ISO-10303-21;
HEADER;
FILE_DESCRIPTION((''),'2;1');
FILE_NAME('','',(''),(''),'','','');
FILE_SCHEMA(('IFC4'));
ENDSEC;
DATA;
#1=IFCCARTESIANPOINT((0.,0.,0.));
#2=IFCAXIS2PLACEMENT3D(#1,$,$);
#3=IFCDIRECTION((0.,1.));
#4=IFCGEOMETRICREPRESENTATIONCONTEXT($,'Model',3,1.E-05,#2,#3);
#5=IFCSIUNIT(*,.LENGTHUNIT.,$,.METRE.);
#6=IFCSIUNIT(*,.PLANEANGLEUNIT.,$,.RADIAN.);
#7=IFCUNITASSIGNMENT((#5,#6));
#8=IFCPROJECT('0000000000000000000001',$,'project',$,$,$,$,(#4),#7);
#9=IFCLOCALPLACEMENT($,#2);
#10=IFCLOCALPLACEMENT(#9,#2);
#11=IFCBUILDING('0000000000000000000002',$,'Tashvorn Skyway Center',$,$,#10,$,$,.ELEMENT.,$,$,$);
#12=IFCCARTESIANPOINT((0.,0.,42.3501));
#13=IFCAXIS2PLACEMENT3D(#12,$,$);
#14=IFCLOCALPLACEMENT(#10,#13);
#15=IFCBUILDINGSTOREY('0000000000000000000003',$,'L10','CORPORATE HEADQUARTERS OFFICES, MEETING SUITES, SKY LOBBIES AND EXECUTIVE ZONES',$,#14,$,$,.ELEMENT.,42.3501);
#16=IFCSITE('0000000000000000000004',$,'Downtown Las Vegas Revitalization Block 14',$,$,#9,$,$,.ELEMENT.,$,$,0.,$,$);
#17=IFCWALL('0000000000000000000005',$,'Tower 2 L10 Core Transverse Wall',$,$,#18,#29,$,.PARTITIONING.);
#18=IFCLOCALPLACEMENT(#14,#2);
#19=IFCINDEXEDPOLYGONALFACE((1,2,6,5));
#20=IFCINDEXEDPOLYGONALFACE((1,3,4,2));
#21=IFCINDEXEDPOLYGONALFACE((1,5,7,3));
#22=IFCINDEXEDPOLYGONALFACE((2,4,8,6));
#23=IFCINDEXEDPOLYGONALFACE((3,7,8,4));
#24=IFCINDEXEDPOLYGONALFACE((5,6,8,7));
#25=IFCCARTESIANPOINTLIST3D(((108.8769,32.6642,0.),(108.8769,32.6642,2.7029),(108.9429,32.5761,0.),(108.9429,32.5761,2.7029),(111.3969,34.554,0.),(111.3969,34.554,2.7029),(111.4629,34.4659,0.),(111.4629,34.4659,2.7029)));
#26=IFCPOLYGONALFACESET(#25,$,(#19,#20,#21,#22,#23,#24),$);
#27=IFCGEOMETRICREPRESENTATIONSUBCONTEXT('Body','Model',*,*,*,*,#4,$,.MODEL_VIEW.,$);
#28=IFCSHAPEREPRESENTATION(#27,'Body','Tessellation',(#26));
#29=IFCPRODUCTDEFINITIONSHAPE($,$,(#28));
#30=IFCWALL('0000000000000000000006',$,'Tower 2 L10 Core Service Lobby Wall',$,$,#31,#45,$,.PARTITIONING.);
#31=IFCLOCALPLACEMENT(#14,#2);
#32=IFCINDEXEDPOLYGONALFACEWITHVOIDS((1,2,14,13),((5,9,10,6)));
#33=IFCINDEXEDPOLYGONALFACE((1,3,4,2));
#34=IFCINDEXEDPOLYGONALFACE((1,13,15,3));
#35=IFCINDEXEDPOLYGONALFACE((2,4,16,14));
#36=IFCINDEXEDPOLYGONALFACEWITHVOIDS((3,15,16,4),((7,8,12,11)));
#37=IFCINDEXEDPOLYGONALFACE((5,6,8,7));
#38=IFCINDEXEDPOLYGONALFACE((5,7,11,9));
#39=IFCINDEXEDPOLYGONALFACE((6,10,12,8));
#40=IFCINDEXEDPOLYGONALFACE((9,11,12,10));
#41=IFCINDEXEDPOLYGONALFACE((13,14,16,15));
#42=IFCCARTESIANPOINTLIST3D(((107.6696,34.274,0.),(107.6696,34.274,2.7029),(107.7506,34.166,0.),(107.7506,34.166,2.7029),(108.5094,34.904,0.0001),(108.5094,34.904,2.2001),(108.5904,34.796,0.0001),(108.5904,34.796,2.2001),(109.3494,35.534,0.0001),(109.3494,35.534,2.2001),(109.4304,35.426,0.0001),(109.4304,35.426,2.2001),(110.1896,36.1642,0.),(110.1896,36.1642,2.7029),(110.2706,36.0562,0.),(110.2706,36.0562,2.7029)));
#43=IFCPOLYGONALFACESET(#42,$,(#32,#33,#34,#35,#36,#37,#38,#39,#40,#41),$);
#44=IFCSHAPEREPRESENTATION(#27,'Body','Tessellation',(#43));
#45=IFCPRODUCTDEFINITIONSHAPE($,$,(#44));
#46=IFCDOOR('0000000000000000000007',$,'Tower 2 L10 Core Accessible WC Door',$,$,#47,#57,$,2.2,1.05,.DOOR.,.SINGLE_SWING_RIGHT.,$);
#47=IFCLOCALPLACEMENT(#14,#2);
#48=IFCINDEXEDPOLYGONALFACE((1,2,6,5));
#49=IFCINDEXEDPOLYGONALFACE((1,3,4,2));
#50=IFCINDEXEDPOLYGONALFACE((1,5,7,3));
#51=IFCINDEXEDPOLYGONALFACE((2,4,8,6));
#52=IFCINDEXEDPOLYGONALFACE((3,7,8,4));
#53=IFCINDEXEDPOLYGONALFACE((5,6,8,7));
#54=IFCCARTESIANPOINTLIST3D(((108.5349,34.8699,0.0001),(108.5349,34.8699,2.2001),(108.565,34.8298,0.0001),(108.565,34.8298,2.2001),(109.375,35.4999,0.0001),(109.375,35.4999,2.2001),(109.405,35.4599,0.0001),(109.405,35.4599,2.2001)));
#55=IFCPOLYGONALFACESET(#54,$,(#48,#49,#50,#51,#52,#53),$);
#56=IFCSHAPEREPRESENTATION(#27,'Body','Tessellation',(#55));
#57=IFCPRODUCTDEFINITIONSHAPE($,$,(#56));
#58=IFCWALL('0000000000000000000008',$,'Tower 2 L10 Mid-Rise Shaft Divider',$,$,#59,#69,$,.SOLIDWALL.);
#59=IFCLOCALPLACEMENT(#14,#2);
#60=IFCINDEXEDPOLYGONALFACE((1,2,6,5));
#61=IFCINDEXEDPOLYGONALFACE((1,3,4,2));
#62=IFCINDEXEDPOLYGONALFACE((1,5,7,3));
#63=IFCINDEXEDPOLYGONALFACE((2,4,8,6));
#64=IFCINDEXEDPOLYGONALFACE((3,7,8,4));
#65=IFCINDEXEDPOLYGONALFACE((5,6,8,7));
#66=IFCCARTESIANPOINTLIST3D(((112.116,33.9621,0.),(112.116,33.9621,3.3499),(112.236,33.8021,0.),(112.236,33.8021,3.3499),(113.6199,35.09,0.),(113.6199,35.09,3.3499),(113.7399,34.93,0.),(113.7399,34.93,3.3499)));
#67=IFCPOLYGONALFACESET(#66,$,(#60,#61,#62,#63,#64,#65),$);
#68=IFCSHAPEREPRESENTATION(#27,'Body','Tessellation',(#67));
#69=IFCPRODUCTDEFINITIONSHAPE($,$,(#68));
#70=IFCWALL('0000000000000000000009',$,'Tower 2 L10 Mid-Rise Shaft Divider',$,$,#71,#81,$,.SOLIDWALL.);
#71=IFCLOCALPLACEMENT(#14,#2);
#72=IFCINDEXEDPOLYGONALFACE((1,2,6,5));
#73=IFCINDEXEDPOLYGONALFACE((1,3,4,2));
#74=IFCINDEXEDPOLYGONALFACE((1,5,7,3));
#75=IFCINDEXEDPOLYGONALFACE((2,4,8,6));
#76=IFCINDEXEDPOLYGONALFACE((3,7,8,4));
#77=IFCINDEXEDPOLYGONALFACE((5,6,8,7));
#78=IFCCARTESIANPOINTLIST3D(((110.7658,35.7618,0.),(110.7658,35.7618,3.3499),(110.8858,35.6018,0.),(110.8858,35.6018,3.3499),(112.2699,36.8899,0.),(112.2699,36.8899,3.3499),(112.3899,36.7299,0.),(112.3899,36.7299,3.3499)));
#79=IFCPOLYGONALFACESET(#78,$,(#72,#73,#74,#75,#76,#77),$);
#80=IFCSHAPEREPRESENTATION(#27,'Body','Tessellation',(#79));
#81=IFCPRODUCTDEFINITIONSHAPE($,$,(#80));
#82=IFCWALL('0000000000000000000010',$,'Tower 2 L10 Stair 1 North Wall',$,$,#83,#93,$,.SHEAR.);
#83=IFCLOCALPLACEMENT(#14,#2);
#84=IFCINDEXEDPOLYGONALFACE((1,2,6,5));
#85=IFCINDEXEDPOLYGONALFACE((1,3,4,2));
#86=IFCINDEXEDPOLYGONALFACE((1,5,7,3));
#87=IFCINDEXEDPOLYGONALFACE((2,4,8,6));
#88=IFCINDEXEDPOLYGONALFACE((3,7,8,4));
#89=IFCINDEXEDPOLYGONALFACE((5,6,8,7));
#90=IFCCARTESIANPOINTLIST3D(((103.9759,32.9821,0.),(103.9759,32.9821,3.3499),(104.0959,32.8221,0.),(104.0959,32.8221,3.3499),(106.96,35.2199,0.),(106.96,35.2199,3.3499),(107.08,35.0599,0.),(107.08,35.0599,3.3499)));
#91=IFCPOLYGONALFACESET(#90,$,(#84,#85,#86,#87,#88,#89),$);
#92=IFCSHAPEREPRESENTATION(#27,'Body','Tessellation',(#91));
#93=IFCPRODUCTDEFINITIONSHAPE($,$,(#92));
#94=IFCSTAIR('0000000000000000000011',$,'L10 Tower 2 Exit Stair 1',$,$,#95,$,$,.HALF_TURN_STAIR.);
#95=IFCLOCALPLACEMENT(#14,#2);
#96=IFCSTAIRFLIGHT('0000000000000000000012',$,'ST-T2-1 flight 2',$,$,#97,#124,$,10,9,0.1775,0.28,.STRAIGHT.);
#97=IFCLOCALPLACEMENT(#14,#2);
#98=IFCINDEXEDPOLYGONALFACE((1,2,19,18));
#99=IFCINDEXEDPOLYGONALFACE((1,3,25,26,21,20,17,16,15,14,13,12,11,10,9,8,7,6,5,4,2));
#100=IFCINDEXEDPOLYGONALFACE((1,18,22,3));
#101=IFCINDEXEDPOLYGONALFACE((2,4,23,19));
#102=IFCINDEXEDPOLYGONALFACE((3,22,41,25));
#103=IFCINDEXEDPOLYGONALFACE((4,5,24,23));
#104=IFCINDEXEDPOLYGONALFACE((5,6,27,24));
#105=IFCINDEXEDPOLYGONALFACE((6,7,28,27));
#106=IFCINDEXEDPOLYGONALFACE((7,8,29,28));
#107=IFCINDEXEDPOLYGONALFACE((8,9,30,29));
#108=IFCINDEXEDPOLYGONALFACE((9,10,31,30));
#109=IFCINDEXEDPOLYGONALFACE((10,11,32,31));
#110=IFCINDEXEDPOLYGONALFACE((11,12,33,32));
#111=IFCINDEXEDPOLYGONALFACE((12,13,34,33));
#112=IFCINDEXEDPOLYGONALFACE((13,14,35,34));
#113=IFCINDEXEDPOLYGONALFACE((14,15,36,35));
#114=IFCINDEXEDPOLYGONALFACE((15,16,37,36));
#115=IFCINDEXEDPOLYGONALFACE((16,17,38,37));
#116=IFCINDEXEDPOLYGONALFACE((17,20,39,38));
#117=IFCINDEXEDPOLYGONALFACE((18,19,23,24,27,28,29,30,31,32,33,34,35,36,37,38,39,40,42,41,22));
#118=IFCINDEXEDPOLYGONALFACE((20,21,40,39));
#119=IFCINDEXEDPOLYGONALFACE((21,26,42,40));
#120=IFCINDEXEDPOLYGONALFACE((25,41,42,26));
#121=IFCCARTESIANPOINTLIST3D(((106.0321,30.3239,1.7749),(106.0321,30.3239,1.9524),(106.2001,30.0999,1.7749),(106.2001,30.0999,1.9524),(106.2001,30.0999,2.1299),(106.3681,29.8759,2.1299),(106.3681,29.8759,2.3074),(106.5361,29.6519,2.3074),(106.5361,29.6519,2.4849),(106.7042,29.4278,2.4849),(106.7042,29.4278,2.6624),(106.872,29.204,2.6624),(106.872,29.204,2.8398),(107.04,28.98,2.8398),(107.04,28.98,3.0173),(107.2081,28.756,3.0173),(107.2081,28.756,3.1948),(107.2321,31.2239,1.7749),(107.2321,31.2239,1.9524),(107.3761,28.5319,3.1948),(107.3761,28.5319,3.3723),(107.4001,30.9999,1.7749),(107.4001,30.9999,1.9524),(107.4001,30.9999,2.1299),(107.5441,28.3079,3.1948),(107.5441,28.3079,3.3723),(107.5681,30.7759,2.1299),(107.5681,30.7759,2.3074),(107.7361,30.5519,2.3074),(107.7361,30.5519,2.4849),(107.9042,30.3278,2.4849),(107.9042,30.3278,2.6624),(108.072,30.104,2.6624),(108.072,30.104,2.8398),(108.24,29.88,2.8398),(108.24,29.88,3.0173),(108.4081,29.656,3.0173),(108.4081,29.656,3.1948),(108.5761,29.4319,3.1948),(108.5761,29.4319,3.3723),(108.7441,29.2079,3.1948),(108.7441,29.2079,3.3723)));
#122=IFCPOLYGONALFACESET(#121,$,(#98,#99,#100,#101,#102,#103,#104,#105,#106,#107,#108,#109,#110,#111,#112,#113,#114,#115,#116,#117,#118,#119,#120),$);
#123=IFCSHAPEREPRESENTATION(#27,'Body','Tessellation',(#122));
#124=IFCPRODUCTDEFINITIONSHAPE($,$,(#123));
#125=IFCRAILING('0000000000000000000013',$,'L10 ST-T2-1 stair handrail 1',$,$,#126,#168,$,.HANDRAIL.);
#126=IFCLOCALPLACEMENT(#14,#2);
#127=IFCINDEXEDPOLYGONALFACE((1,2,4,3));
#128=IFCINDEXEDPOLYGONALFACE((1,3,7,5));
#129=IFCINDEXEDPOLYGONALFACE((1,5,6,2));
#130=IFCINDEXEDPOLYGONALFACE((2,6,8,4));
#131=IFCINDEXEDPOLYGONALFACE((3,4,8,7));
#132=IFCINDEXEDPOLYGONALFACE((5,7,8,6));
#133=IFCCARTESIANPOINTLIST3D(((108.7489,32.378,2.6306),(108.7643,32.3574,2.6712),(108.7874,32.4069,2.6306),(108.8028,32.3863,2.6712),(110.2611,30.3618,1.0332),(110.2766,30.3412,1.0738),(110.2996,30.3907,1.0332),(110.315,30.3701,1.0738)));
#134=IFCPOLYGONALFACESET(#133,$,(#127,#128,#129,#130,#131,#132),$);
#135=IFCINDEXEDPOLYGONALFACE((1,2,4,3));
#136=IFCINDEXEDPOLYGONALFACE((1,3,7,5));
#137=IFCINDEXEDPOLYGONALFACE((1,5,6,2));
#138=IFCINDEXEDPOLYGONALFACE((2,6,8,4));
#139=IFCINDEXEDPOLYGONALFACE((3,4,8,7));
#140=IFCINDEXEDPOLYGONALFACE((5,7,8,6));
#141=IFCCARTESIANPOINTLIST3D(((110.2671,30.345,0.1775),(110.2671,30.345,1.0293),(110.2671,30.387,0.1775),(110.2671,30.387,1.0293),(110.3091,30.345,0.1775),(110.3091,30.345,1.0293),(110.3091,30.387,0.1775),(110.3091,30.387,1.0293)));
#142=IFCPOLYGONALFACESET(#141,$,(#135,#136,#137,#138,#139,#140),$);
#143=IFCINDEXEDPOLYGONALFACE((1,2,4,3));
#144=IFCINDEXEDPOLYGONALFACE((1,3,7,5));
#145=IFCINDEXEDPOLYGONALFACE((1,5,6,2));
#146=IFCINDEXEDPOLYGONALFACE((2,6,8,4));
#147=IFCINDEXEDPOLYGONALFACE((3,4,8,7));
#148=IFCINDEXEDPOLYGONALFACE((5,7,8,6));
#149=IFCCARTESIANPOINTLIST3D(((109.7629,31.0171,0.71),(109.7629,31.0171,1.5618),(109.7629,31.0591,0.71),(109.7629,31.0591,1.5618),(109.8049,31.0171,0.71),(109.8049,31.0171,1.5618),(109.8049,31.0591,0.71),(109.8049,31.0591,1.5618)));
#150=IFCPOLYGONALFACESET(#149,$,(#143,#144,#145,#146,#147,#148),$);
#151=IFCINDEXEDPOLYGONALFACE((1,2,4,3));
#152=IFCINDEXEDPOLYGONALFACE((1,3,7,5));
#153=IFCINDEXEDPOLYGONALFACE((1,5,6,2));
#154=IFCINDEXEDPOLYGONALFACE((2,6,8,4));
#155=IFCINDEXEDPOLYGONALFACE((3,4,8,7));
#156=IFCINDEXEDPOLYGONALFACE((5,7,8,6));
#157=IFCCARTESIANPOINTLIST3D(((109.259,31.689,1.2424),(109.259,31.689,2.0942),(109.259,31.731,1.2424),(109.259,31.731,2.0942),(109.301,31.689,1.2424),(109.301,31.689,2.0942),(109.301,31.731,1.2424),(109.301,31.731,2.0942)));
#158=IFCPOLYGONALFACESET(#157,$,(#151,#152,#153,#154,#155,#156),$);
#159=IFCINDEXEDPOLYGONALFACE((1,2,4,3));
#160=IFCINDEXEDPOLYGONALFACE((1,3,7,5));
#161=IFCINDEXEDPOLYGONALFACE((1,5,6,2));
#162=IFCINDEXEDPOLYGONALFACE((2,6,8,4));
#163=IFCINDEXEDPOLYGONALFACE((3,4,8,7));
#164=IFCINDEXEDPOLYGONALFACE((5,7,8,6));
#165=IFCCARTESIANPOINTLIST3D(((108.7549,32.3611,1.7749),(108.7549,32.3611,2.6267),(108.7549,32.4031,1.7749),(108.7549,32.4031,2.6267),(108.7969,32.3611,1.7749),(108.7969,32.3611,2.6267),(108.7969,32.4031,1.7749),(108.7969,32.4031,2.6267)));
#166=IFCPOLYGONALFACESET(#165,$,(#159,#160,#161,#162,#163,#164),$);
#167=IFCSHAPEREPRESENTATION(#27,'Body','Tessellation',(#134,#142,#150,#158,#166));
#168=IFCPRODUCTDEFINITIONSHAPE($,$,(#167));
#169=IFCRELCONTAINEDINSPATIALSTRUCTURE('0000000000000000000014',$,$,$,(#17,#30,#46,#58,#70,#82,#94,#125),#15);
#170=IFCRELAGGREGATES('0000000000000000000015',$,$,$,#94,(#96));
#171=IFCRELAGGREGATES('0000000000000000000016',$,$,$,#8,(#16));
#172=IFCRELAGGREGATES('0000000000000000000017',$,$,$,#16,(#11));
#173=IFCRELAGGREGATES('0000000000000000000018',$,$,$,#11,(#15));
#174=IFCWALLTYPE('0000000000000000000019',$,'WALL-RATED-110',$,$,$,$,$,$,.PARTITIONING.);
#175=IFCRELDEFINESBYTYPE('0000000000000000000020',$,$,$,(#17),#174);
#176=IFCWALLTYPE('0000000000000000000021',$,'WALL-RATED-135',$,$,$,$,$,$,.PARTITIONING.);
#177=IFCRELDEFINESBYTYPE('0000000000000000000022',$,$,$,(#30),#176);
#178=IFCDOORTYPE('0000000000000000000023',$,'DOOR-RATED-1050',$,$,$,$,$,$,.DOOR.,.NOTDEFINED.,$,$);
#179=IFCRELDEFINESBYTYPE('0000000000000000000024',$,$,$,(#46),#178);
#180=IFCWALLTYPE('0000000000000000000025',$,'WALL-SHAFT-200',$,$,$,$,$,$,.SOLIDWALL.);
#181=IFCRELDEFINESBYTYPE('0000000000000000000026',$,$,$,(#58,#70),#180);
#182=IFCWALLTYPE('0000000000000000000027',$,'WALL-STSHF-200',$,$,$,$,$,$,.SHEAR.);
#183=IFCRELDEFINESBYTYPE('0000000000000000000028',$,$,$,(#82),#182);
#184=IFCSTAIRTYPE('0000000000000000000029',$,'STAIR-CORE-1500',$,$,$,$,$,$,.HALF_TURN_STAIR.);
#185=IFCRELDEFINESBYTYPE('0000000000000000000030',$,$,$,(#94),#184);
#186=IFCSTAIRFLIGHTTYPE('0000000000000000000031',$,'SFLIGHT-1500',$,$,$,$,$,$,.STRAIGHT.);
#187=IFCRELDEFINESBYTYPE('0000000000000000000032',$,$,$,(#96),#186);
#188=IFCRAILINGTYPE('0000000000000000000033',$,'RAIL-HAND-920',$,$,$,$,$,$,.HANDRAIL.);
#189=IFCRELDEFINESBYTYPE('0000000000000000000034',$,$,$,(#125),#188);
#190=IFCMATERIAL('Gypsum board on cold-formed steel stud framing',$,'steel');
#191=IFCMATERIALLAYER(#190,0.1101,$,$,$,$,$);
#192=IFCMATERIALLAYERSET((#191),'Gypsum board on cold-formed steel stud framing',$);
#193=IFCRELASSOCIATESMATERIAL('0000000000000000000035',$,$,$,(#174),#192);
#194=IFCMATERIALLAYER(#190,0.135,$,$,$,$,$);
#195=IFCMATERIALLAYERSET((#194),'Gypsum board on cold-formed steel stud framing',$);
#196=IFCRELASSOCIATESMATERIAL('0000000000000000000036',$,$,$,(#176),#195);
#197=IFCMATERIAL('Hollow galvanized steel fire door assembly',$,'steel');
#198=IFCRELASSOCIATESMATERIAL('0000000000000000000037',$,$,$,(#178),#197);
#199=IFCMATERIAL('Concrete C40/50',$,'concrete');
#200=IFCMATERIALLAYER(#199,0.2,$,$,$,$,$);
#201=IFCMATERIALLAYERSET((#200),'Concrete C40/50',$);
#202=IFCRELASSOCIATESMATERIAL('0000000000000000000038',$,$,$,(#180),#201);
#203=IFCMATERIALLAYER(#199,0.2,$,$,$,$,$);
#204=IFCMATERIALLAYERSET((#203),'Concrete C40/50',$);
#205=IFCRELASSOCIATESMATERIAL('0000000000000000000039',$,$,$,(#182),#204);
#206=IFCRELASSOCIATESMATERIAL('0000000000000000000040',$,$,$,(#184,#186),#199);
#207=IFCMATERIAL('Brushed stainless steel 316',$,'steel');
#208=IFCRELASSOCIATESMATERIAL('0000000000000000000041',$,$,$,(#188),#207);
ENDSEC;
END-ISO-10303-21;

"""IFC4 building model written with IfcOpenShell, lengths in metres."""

from ifc_helpers import new_model, si_unit, direction, frame, frame_2d, origin, origin_2d, place, context, subcontext, project, spatial, polyline, rectangle, outline, extrude, material, layer, layer_set, type_object, element, fill, aggregate, save


model = new_model("IFC4")

# Units and contexts
model_context = context("Model", 3, precision=1e-05, world=origin(), true_north=direction((0.0, 1.0)))
body_context = subcontext(model_context, "Body", "Model", "MODEL_VIEW")
ifc_project = project(units=[si_unit("LENGTHUNIT", "METRE"), si_unit("PLANEANGLEUNIT", "RADIAN")], contexts=[model_context])

# Site, building, storey
site_placement = place(None, origin())
site = spatial("IfcSite", under=ifc_project, at=site_placement, Name="Downtown Las Vegas Revitalization Block 14", CompositionType="ELEMENT", RefElevation=0.0)
building_placement = place(site_placement, origin())
building = spatial("IfcBuilding", under=site, at=building_placement, Name="Tashvorn Skyway Center", CompositionType="ELEMENT")
storey_placement = place(building_placement, frame((0.0, 0.0, 42.3501)))
storey = spatial("IfcBuildingStorey", under=building, at=storey_placement, Name="L10", Description="CORPORATE HEADQUARTERS OFFICES, MEETING SUITES, SKY LOBBIES AND EXECUTIVE ZONES", CompositionType="ELEMENT", Elevation=42.3501)

# Shared definitions
ifc_material_1 = material(Name="Hollow galvanized steel fire door assembly", Category="steel")

# Shared definitions
ifc_material_2 = material(Name="Concrete C40/50", Category="concrete")

# Wall
ifc_material_3 = material(Name="Gypsum board on cold-formed steel stud framing", Category="steel")
ifc_layer_1 = layer(ifc_material_3, 0.1101)
ifc_layer_set_1 = layer_set([ifc_layer_1], Name="Gypsum board on cold-formed steel stud framing")
wall_type_1 = type_object("IfcWallType", Name="WALL-RATED-110", PredefinedType="PARTITIONING", material=ifc_layer_set_1)
wall_1_placement = place(storey_placement, frame((108.9099, 32.6201, 0.0), z_axis=(0.0, 0.0, 1.0), x_axis=(0.800019, 0.599975, 0.0)))
element("IfcWall", 1, at=wall_1_placement, inside=storey, type_object=wall_type_1, Name="Tower 2 L10 Core Transverse Wall", PredefinedType="PARTITIONING", context=body_context, shape_type="SweptSolid", body=[
    extrude(rectangle(XDim=3.1499, YDim=0.1101, at=frame_2d((1.575, 0.0))), origin(), (0.0, 0.0, 1.0), 2.7029),
])

# Wall, opening, door
ifc_layer_2 = layer(ifc_material_3, 0.135)
ifc_layer_set_2 = layer_set([ifc_layer_2], Name="Gypsum board on cold-formed steel stud framing")
wall_type_2 = type_object("IfcWallType", Name="WALL-RATED-135", PredefinedType="PARTITIONING", material=ifc_layer_set_2)
wall_2_placement = place(storey_placement, frame((107.71, 34.22, 0.0), z_axis=(0.0, 0.0, 1.0), x_axis=(0.799981, 0.600025, 0.0)))
wall_2 = element("IfcWall", 2, at=wall_2_placement, inside=storey, type_object=wall_type_2, Name="Tower 2 L10 Core Service Lobby Wall", PredefinedType="PARTITIONING", context=body_context, shape_type="SweptSolid", body=[
    extrude(rectangle(XDim=3.1501, YDim=0.135, at=frame_2d((1.5752, 0.0))), origin(), (0.0, 0.0, 1.0), 2.7029),
])
opening_1_placement = place(wall_2_placement, frame((1.05, 0.0, 0.0)))
opening_1 = element("IfcOpeningElement", 3, at=opening_1_placement, cuts=wall_2, PredefinedType="OPENING", context=body_context, shape_type="SweptSolid", body=[
    extrude(rectangle(XDim=1.05, YDim=2.2, at=frame_2d((0.5249, 1.1001))), frame((0.0, 0.0774, 0.0), z_axis=(0.0, -1.0, 0.0), x_axis=(1.0, 0.0, 0.0)), (0.0, 0.0, 1.0), 0.155),
])
door_type_1 = type_object("IfcDoorType", Name="DOOR-RATED-1050", OperationType="NOTDEFINED", PredefinedType="DOOR", material=ifc_material_1)
door_1_placement = place(opening_1_placement, origin())
door_1 = element("IfcDoor", 4, at=door_1_placement, inside=storey, type_object=door_type_1, Name="Tower 2 L10 Core Accessible WC Door", OperationType="SINGLE_SWING_RIGHT", OverallHeight=2.2, OverallWidth=1.05, PredefinedType="DOOR", context=body_context, shape_type="SweptSolid", body=[
    extrude(rectangle(XDim=1.05, YDim=2.2, at=frame_2d((0.5249, 1.1001))), frame((0.0, 0.0249, 0.0), z_axis=(0.0, -1.0, 0.0), x_axis=(1.0, 0.0, 0.0)), (0.0, 0.0, 1.0), 0.05),
])
fill(opening_1, door_1)

# Walls
ifc_layer_3 = layer(ifc_material_2, 0.2)
ifc_layer_set_3 = layer_set([ifc_layer_3], Name="Concrete C40/50")
wall_type_3 = type_object("IfcWallType", Name="WALL-SHAFT-200", PredefinedType="SOLIDWALL", material=ifc_layer_set_3)
wall_3_placement = place(storey_placement, frame((112.176, 33.8821, 0.0), z_axis=(0.0, 0.0, 1.0), x_axis=(0.8, 0.6, 0.0)))
element("IfcWall", 5, at=wall_3_placement, inside=storey, type_object=wall_type_3, Name="Tower 2 L10 Mid-Rise Shaft Divider", PredefinedType="SOLIDWALL", context=body_context, shape_type="SweptSolid", body=[
    extrude(rectangle(XDim=1.8799, YDim=0.2, at=frame_2d((0.9399, 0.0))), origin(), (0.0, 0.0, 1.0), 3.3499),
])
wall_4_placement = place(storey_placement, frame((110.8259, 35.6819, 0.0), z_axis=(0.0, 0.0, 1.0), x_axis=(0.799984, 0.600021, 0.0)))
element("IfcWall", 6, at=wall_4_placement, inside=storey, type_object=wall_type_3, Name="Tower 2 L10 Mid-Rise Shaft Divider", PredefinedType="SOLIDWALL", context=body_context, shape_type="SweptSolid", body=[
    extrude(rectangle(XDim=1.8801, YDim=0.2, at=frame_2d((0.9399, 0.0))), origin(), (0.0, 0.0, 1.0), 3.3499),
])
ifc_layer_4 = layer(ifc_material_2, 0.2)
ifc_layer_set_4 = layer_set([ifc_layer_4], Name="Concrete C40/50")
wall_type_4 = type_object("IfcWallType", Name="WALL-STSHF-200", PredefinedType="SHEAR", material=ifc_layer_set_4)
wall_5_placement = place(storey_placement, frame((104.0359, 32.9021, 0.0), z_axis=(0.0, 0.0, 1.0), x_axis=(0.800039, 0.599948, 0.0)))
element("IfcWall", 7, at=wall_5_placement, inside=storey, type_object=wall_type_4, Name="Tower 2 L10 Stair 1 North Wall", PredefinedType="SHEAR", context=body_context, shape_type="SweptSolid", body=[
    extrude(rectangle(XDim=3.73, YDim=0.2, at=frame_2d((1.865, 0.0))), origin(), (0.0, 0.0, 1.0), 3.3499),
])

# Stair, stair flight
stair_type = type_object("IfcStairType", Name="STAIR-CORE-1500", PredefinedType="HALF_TURN_STAIR", material=ifc_material_2)
stair_placement = place(storey_placement, origin())
stair = element("IfcStair", 8, at=stair_placement, inside=storey, type_object=stair_type, Name="L10 Tower 2 Exit Stair 1", PredefinedType="HALF_TURN_STAIR")
stair_flight_type = type_object("IfcStairFlightType", Name="SFLIGHT-1500", PredefinedType="STRAIGHT", material=ifc_material_2)
stair_flight_placement = place(storey_placement, frame((106.6321, 30.7739, 1.7749), z_axis=(0.0, 0.0, 1.0), x_axis=(0.6, -0.8, 0.0)))
stair_flight = element("IfcStairFlight", 9, at=stair_flight_placement, type_object=stair_flight_type, Name="ST-T2-1 flight 2", NumberOfRisers=10, NumberOfTreads=9, PredefinedType="STRAIGHT", RiserHeight=0.1775, TreadLength=0.28, context=body_context, shape_type="SweptSolid", body=[
    extrude(outline(polyline([(0.0, 0.0), (0.0, 0.1775), (0.28, 0.1775), (0.28, 0.355), (0.5601, 0.355), (0.5601, 0.5325), (0.8401, 0.5325), (0.8401, 0.71), (1.1201, 0.71), (1.1201, 0.8875), (1.3999, 0.8875), (1.3999, 1.0649), (1.6799, 1.0649), (1.6799, 1.2424), (1.96, 1.2424), (1.96, 1.4199), (2.24, 1.4199), (2.24, 1.5974), (2.52, 1.5974), (2.52, 1.7749), (2.52, 1.4199), (0.28, 0.0), (0.0, 0.0)])), frame((0.0, 0.75, 0.0), z_axis=(0.0, -1.0, 0.0), x_axis=(1.0, 0.0, 0.0)), (0.0, 0.0, 1.0), 1.5),
])
aggregate(stair, [stair_flight])

# Railing
ifc_material_4 = material(Name="Brushed stainless steel 316", Category="steel")
railing_type_1 = type_object("IfcRailingType", Name="RAIL-HAND-920", PredefinedType="HANDRAIL", material=ifc_material_4)
railing_1_placement = place(storey_placement, frame((110.2881, 30.366, 0.1775)))
element("IfcRailing", 10, at=railing_1_placement, inside=storey, type_object=railing_type_1, Name="L10 ST-T2-1 stair handrail 1", PredefinedType="HANDRAIL", context=body_context, shape_type="SweptSolid", body=[
    extrude(rectangle(XDim=0.0481, YDim=0.0481, at=origin_2d()), frame((0.0, 0.0, 0.876), z_axis=(-0.506802, 0.675681, 0.535357), x_axis=(-0.799977, -0.600031, 0.0)), (0.0, 0.0, 1.0), 2.9839),
    extrude(rectangle(XDim=0.042, YDim=0.042, at=origin_2d()), origin(), (0.0, 0.0, 1.0), 0.8518),
    extrude(rectangle(XDim=0.042, YDim=0.042, at=origin_2d()), frame((-0.5042, 0.6721, 0.5325)), (0.0, 0.0, 1.0), 0.8518),
    extrude(rectangle(XDim=0.042, YDim=0.042, at=origin_2d()), frame((-1.0081, 1.344, 1.0649)), (0.0, 0.0, 1.0), 0.8518),
    extrude(rectangle(XDim=0.042, YDim=0.042, at=origin_2d()), frame((-1.5122, 2.0161, 1.5974)), (0.0, 0.0, 1.0), 0.8518),
])

save(model, "model.ifc")
